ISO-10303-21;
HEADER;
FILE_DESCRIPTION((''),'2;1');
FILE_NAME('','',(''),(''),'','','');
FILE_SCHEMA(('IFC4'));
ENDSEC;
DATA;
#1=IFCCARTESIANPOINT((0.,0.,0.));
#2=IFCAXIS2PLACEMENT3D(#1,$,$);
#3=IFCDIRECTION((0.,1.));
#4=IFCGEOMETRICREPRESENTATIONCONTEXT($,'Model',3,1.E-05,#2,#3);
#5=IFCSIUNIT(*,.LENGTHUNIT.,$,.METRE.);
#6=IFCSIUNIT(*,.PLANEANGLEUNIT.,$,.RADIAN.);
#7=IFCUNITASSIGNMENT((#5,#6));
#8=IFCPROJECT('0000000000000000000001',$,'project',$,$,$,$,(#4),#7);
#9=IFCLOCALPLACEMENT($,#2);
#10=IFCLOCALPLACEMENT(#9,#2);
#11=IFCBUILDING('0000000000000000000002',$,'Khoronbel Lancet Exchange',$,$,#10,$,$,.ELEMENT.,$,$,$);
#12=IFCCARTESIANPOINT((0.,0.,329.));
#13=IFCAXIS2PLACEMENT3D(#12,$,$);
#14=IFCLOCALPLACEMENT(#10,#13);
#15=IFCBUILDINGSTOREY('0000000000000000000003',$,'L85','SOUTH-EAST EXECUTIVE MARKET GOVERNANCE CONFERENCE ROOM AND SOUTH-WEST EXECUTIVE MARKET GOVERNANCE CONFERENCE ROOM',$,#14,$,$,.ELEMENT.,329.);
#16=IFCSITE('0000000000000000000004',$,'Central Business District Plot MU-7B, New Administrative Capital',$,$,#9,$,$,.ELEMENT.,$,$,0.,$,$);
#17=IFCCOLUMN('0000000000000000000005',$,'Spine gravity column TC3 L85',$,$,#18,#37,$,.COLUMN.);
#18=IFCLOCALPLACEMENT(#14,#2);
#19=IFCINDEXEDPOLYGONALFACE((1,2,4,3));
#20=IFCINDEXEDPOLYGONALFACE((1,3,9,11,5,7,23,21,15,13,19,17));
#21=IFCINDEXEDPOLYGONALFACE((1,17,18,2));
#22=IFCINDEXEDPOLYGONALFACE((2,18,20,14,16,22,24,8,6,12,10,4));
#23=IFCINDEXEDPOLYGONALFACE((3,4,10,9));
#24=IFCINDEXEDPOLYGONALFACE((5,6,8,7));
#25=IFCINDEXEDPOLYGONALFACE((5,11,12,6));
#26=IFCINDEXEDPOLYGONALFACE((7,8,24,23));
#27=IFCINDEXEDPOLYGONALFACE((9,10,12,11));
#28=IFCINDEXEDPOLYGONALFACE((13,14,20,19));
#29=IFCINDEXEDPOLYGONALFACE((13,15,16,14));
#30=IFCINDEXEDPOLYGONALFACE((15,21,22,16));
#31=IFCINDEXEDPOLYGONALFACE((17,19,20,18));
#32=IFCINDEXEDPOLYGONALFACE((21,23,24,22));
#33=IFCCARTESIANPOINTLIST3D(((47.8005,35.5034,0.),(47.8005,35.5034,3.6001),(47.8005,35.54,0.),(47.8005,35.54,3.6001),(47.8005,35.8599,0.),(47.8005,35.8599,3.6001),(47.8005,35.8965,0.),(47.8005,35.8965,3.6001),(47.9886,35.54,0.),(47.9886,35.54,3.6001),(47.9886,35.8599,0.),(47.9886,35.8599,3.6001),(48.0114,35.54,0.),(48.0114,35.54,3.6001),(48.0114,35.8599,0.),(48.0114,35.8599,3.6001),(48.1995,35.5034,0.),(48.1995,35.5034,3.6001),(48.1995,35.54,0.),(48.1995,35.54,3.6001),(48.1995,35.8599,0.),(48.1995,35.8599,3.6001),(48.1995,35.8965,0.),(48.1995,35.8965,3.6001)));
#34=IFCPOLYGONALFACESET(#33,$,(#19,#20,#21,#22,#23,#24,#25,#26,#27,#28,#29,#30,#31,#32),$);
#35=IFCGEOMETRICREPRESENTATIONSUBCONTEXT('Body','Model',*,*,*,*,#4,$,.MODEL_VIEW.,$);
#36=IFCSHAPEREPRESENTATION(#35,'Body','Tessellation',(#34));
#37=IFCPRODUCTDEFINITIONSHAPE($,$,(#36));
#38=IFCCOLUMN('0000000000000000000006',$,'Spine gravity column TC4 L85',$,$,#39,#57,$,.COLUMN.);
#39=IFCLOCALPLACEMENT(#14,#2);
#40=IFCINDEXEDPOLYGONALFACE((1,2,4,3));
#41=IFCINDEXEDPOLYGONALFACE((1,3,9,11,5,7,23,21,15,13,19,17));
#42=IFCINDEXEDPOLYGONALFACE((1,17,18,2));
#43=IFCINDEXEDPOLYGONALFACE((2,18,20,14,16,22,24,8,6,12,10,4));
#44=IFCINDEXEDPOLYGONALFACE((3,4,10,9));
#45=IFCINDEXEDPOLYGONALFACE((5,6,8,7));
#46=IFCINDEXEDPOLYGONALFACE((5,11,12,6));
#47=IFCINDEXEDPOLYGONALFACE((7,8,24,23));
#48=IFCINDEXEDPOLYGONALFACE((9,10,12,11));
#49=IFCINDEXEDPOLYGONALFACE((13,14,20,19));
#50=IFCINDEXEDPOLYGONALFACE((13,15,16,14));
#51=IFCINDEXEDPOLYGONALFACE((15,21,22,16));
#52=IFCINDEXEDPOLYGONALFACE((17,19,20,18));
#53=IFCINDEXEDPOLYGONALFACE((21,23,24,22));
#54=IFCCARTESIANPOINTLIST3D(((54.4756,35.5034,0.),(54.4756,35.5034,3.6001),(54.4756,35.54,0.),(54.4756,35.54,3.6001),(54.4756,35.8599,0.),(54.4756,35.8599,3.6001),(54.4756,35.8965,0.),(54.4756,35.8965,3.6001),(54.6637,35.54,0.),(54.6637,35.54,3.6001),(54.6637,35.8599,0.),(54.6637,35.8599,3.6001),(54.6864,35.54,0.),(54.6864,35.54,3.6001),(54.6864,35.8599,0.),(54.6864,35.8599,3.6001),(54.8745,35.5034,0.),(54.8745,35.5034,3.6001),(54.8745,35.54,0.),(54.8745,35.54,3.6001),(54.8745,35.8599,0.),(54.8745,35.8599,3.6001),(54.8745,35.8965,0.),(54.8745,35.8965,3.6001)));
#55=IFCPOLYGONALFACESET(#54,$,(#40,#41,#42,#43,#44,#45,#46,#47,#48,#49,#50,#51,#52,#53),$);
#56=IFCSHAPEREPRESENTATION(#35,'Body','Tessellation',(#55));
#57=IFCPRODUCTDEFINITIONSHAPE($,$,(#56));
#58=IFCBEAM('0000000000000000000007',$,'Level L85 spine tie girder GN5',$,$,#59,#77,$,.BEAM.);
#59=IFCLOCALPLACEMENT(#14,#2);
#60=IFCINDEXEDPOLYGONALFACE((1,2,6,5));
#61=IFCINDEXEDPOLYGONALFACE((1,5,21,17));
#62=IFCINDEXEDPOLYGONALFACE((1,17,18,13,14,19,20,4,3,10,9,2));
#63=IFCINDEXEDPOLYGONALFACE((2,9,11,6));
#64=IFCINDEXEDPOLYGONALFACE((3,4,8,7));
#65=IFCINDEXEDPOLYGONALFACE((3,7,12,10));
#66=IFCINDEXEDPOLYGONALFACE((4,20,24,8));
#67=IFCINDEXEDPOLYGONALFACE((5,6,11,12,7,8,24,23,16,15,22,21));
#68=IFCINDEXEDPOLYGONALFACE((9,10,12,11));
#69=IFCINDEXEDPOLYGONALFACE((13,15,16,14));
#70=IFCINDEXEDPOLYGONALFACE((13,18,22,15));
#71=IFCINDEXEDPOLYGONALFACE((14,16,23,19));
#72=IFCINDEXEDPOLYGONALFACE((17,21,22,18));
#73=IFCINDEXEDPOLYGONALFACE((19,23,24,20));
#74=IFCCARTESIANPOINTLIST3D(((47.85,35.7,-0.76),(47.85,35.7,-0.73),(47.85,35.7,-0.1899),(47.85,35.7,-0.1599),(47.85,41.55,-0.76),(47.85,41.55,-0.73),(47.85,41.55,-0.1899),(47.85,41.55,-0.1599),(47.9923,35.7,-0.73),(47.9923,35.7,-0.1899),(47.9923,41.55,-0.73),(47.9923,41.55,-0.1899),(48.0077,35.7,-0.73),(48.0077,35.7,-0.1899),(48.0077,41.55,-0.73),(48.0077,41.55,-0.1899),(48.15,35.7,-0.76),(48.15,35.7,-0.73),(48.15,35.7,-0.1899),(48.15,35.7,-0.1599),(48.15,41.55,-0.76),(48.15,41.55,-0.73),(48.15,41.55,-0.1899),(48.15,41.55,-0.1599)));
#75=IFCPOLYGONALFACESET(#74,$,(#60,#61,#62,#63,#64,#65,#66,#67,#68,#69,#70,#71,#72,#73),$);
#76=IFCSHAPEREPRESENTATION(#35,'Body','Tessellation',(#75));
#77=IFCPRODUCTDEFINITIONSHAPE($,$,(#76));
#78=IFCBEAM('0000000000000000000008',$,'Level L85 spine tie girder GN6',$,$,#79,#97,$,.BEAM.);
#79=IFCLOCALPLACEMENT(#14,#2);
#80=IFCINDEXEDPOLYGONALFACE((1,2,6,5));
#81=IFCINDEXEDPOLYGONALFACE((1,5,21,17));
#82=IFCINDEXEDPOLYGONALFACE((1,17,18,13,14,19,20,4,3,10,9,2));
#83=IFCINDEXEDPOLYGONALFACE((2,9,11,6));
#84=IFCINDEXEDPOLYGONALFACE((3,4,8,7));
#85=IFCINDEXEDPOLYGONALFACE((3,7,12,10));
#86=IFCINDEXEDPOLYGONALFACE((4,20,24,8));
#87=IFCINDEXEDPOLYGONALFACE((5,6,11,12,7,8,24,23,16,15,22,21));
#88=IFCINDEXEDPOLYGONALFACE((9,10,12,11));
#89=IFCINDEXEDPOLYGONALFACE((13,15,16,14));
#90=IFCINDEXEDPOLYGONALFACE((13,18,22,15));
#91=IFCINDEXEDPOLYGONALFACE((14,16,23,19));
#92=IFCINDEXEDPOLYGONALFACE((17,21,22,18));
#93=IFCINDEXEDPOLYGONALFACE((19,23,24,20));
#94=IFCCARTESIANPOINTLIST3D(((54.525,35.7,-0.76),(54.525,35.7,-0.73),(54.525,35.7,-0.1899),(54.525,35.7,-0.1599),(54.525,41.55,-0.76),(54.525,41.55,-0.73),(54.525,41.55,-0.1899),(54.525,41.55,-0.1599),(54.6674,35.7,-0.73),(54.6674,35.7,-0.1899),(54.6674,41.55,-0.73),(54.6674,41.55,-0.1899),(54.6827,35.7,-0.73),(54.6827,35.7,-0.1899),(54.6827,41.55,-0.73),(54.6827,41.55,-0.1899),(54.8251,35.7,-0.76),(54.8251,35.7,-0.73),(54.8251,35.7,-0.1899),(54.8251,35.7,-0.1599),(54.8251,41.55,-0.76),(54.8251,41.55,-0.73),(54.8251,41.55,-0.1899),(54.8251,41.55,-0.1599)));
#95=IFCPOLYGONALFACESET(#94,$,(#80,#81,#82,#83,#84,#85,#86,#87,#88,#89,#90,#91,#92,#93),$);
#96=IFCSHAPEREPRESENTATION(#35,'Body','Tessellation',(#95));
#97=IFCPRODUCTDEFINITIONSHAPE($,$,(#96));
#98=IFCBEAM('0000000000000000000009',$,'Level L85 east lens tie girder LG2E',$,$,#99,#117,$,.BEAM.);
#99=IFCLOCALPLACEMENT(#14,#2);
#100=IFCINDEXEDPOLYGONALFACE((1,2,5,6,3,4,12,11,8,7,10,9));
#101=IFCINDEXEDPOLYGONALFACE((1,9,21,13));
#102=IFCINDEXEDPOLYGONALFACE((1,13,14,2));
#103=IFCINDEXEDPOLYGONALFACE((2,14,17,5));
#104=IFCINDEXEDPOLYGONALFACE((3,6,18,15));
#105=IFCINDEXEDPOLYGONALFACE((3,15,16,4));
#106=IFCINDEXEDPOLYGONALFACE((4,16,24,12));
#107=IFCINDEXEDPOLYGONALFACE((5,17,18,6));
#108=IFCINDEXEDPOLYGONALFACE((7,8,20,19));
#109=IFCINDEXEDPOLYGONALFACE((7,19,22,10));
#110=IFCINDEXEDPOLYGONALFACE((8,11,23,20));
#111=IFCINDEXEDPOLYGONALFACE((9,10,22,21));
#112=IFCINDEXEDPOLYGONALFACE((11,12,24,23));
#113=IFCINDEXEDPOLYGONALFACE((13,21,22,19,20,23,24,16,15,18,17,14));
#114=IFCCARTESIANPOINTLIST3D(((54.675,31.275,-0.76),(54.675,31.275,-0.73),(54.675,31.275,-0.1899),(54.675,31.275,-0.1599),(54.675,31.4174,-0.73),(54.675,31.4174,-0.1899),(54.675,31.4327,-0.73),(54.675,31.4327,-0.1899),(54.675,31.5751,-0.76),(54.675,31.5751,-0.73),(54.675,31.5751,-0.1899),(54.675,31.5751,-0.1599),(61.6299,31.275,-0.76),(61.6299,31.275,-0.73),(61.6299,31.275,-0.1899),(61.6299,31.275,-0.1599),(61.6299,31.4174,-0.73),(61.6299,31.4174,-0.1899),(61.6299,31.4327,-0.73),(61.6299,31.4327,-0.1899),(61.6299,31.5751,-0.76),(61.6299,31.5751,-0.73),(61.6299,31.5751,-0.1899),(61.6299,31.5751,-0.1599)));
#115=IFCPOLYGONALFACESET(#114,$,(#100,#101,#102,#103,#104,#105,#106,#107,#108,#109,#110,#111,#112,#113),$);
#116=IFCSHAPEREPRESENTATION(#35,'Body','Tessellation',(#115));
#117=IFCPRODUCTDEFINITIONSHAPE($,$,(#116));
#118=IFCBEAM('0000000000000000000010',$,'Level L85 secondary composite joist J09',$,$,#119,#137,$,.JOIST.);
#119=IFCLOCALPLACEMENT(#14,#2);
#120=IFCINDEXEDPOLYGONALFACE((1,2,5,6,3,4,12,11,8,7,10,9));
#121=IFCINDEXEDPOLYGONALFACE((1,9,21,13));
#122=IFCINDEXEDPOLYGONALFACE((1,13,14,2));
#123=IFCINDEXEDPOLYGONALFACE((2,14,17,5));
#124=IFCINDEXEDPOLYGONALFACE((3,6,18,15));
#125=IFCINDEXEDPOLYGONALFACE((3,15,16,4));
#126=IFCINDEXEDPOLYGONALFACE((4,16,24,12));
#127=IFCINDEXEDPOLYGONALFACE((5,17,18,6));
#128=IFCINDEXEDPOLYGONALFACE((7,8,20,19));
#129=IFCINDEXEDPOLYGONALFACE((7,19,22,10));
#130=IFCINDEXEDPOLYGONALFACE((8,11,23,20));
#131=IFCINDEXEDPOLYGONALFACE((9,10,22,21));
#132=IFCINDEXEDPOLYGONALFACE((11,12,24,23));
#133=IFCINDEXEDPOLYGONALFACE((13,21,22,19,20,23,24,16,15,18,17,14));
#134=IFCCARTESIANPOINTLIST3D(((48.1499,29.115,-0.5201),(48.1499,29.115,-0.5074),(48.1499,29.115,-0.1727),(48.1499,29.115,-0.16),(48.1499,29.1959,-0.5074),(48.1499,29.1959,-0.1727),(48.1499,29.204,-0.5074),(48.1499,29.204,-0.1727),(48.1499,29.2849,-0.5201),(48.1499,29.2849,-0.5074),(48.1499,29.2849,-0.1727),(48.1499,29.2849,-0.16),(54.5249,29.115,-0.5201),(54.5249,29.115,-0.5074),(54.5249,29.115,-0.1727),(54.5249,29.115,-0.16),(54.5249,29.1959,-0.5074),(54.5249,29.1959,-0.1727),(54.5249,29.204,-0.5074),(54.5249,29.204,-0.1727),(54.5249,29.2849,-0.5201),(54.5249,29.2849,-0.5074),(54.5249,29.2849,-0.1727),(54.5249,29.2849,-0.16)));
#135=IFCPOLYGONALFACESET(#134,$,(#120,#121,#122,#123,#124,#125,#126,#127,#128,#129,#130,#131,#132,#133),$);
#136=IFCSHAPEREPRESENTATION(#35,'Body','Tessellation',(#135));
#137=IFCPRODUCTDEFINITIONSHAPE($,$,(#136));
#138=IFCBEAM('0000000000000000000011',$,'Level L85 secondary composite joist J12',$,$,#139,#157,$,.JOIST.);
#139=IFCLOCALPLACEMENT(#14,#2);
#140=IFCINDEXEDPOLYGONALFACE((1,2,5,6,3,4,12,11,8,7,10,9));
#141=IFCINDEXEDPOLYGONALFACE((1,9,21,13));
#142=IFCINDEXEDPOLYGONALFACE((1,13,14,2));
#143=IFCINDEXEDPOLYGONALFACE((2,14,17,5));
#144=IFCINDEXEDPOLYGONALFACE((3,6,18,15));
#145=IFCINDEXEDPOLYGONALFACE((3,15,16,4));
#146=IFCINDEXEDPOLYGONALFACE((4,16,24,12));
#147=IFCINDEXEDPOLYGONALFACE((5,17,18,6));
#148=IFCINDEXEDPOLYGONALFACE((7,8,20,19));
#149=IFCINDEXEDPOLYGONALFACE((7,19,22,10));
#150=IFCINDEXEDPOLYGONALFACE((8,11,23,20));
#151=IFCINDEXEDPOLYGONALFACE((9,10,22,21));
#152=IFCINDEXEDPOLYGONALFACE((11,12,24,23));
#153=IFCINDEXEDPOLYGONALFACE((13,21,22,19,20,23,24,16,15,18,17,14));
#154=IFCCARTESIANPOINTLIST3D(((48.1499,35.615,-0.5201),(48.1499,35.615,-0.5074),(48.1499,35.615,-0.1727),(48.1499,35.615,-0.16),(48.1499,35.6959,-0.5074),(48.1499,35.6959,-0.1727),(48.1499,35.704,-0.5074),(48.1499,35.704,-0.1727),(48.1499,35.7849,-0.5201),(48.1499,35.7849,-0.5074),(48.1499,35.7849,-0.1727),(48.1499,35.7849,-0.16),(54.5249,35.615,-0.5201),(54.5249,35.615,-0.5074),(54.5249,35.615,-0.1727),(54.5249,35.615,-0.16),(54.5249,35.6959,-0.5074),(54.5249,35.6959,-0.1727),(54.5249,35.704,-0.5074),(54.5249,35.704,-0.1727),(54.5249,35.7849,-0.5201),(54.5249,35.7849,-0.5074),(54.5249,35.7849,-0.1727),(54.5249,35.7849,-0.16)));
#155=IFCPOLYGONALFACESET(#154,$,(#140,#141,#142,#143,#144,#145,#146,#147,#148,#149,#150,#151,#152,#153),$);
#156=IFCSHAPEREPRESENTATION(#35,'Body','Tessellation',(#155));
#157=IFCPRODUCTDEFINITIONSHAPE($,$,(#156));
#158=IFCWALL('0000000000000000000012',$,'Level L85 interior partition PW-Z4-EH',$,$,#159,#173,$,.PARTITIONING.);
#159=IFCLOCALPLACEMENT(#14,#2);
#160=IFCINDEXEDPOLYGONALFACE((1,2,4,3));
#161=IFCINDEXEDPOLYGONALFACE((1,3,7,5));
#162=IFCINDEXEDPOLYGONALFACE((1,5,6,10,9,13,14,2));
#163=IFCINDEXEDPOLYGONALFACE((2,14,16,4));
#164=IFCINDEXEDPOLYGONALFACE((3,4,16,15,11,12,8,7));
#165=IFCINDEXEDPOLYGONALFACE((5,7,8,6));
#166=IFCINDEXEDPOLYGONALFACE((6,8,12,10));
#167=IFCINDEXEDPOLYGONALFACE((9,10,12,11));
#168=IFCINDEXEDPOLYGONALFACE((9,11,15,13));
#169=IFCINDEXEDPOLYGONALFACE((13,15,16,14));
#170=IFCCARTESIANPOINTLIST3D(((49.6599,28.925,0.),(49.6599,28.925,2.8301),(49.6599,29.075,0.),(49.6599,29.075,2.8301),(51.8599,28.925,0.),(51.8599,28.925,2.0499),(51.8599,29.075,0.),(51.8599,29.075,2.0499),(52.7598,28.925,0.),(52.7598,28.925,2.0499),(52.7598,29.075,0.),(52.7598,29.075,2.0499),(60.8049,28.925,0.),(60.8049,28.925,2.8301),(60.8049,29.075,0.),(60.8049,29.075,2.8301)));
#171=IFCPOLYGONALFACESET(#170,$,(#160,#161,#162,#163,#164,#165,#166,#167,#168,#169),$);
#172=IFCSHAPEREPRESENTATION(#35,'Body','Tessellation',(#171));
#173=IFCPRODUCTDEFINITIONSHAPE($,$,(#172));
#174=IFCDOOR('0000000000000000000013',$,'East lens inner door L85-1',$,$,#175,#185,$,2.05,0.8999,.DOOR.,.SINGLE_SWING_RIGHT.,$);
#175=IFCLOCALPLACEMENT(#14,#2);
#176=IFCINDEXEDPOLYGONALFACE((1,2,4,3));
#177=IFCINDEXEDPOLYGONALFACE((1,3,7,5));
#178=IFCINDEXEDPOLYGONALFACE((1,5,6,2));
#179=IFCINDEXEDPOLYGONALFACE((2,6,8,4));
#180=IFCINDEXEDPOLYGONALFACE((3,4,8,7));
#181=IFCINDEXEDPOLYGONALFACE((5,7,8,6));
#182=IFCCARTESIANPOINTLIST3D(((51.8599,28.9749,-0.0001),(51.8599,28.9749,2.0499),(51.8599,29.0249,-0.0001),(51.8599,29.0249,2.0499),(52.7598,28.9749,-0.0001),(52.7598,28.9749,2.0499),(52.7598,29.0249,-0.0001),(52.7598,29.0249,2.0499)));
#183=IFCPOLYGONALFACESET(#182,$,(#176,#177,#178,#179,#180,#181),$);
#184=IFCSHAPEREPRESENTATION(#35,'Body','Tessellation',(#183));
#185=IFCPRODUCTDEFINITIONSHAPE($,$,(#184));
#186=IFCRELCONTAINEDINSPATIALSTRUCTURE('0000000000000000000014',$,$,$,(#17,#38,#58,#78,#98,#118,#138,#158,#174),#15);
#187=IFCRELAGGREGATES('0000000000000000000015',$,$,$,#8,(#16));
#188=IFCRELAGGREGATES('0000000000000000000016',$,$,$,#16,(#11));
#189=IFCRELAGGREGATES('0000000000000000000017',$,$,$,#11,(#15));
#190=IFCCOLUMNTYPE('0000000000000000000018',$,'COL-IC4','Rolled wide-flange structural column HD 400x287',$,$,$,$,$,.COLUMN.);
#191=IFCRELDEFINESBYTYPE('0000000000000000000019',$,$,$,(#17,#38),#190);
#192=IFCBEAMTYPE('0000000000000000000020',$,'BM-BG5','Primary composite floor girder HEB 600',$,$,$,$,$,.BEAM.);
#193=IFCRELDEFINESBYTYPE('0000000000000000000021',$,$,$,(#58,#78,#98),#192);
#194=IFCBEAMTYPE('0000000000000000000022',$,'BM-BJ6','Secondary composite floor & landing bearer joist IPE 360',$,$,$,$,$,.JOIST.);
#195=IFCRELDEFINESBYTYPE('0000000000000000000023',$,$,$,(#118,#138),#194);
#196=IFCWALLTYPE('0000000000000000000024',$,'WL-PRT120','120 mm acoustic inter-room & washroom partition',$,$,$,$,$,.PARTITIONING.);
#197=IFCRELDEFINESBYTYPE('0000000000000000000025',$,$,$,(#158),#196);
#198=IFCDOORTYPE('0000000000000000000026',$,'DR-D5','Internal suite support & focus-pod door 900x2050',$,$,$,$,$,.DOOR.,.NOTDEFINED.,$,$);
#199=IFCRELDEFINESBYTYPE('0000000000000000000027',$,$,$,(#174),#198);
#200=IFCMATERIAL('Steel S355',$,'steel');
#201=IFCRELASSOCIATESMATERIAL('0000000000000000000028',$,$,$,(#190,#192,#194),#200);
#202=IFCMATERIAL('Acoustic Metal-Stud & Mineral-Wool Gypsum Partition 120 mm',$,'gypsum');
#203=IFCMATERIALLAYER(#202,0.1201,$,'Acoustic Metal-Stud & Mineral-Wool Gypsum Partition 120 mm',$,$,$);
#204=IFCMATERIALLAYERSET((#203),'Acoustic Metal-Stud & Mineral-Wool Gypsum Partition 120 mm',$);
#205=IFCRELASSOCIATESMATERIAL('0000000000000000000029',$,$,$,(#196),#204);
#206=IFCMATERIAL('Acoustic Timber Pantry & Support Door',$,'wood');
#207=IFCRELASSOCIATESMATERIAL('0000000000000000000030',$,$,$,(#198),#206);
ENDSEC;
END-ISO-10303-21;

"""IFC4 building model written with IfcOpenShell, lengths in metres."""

from ifc_helpers import new_model, si_unit, direction, frame, frame_2d, origin, origin_2d, place, context, subcontext, project, spatial, rectangle, i_section, extrude, material, layer, layer_set, material_profile, profile_set, type_object, element, fill, save


model = new_model("IFC4")

# Units and contexts
model_context = context("Model", 3, precision=1e-05, world=origin(), true_north=direction((0.0, 1.0)))
body_context = subcontext(model_context, "Body", "Model", "MODEL_VIEW")
ifc_project = project(units=[si_unit("LENGTHUNIT", "METRE"), si_unit("PLANEANGLEUNIT", "RADIAN")], contexts=[model_context])

# Site, building, storey
site_placement = place(None, origin())
site = spatial("IfcSite", under=ifc_project, at=site_placement, Name="Central Business District Plot MU-7B, New Administrative Capital", CompositionType="ELEMENT", RefElevation=0.0)
building_placement = place(site_placement, origin())
building = spatial("IfcBuilding", under=site, at=building_placement, Name="Khoronbel Lancet Exchange", CompositionType="ELEMENT")
storey_placement = place(building_placement, frame((0.0, 0.0, 329.0)))
storey = spatial("IfcBuildingStorey", under=building, at=storey_placement, Name="L85", Description="SOUTH-EAST EXECUTIVE MARKET GOVERNANCE CONFERENCE ROOM AND SOUTH-WEST EXECUTIVE MARKET GOVERNANCE CONFERENCE ROOM", CompositionType="ELEMENT", Elevation=329.0)

# Columns
ifc_material_1 = material(Name="Steel S355", Category="steel")
ifc_material_profile_1 = material_profile(ifc_material_1, i_section(OverallWidth=0.3989, OverallDepth=0.3931, WebThickness=0.0227, FlangeThickness=0.0366, at=origin_2d()), Name="HD 400x287")
ifc_profile_set_1 = profile_set([ifc_material_profile_1], Name="Steel S355")
column_type = type_object("IfcColumnType", Name="COL-IC4", Description="Rolled wide-flange structural column HD 400x287", PredefinedType="COLUMN", material=ifc_profile_set_1)
for number, where, z_axis, x_axis, name in (
    (1, (48.0, 35.7, 0.0), (0.0, 0.0, 1.0), (1.0, 0.0, 0.0), "Spine gravity column TC3 L85"),
    (2, (54.675, 35.7, 0.0), (0.0, 0.0, 1.0), (1.0, 0.0, 0.0), "Spine gravity column TC4 L85"),
):
    element("IfcColumn", number, at=place(storey_placement, frame(where, z_axis=z_axis, x_axis=x_axis)), inside=storey, type_object=column_type, Name=name, PredefinedType="COLUMN", context=body_context, shape_type="SweptSolid", body=[
        extrude(i_section(OverallWidth=0.3989, OverallDepth=0.3931, WebThickness=0.0227, FlangeThickness=0.0366, at=origin_2d()), origin(), (0.0, 0.0, 1.0), 3.6001),
    ])

# Beams
ifc_material_profile_2 = material_profile(ifc_material_1, i_section(OverallWidth=0.3, OverallDepth=0.6001, WebThickness=0.0154, FlangeThickness=0.03, at=origin_2d()), Name="HEB 600")
ifc_profile_set_2 = profile_set([ifc_material_profile_2], Name="Steel S355")
beam_type_1 = type_object("IfcBeamType", Name="BM-BG5", Description="Primary composite floor girder HEB 600", PredefinedType="BEAM", material=ifc_profile_set_2)
for number, where, z_axis, x_axis, name in (
    (3, (48.0, 35.7, -0.46), (0.0, 1.0, 0.0), (-1.0, 0.0, 0.0), "Level L85 spine tie girder GN5"),
    (4, (54.675, 35.7, -0.46), (0.0, 1.0, 0.0), (-1.0, 0.0, 0.0), "Level L85 spine tie girder GN6"),
):
    element("IfcBeam", number, at=place(storey_placement, frame(where, z_axis=z_axis, x_axis=x_axis)), inside=storey, type_object=beam_type_1, Name=name, PredefinedType="BEAM", context=body_context, shape_type="SweptSolid", body=[
        extrude(i_section(OverallWidth=0.3, OverallDepth=0.6001, WebThickness=0.0154, FlangeThickness=0.03, at=origin_2d()), origin(), (0.0, 0.0, 1.0), 5.8501),
    ])
beam_placement = place(storey_placement, frame((54.675, 31.425, -0.46), z_axis=(1.0, 0.0, 0.0), x_axis=(0.0, 1.0, 0.0)))
element("IfcBeam", 5, at=beam_placement, inside=storey, type_object=beam_type_1, Name="Level L85 east lens tie girder LG2E", PredefinedType="BEAM", context=body_context, shape_type="SweptSolid", body=[
    extrude(i_section(OverallWidth=0.3, OverallDepth=0.6001, WebThickness=0.0154, FlangeThickness=0.03, at=origin_2d()), origin(), (0.0, 0.0, 1.0), 6.9548),
])
ifc_material_profile_3 = material_profile(ifc_material_1, i_section(OverallWidth=0.1699, OverallDepth=0.3601, WebThickness=0.0081, FlangeThickness=0.0127, at=origin_2d()), Name="IPE 360")
ifc_profile_set_3 = profile_set([ifc_material_profile_3], Name="Steel S355")
beam_type_2 = type_object("IfcBeamType", Name="BM-BJ6", Description="Secondary composite floor & landing bearer joist IPE 360", PredefinedType="JOIST", material=ifc_profile_set_3)
for number, where, z_axis, x_axis, name in (
    (6, (48.1499, 29.2, -0.3401), (1.0, 0.0, 0.0), (0.0, 1.0, 0.0), "Level L85 secondary composite joist J09"),
    (7, (48.1499, 35.7, -0.3401), (1.0, 0.0, 0.0), (0.0, 1.0, 0.0), "Level L85 secondary composite joist J12"),
):
    element("IfcBeam", number, at=place(storey_placement, frame(where, z_axis=z_axis, x_axis=x_axis)), inside=storey, type_object=beam_type_2, Name=name, PredefinedType="JOIST", context=body_context, shape_type="SweptSolid", body=[
        extrude(i_section(OverallWidth=0.1699, OverallDepth=0.3601, WebThickness=0.0081, FlangeThickness=0.0127, at=origin_2d()), origin(), (0.0, 0.0, 1.0), 6.375),
    ])

# Wall, opening, door
ifc_material_2 = material(Name="Acoustic Metal-Stud & Mineral-Wool Gypsum Partition 120 mm", Category="gypsum")
ifc_layer_1 = layer(ifc_material_2, 0.1201, Name="Acoustic Metal-Stud & Mineral-Wool Gypsum Partition 120 mm")
ifc_layer_set_1 = layer_set([ifc_layer_1], Name="Acoustic Metal-Stud & Mineral-Wool Gypsum Partition 120 mm")
wall_type_1 = type_object("IfcWallType", Name="WL-PRT120", Description="120 mm acoustic inter-room & washroom partition", PredefinedType="PARTITIONING", material=ifc_layer_set_1)
wall_1_placement = place(storey_placement, frame((49.6599, 29.0, 0.0), z_axis=(0.0, 0.0, 1.0), x_axis=(1.0, 0.0, 0.0)))
wall_1 = element("IfcWall", 8, at=wall_1_placement, inside=storey, type_object=wall_type_1, Name="Level L85 interior partition PW-Z4-EH", PredefinedType="PARTITIONING", context=body_context, shape_type="SweptSolid", body=[
    extrude(rectangle(XDim=11.145, YDim=0.1499, at=frame_2d((5.5725, 0.0))), origin(), (0.0, 0.0, 1.0), 2.8301),
])
opening_1_placement = place(wall_1_placement, frame((2.2, 0.0, 0.0)))
opening_1 = element("IfcOpeningElement", 9, at=opening_1_placement, cuts=wall_1, PredefinedType="OPENING", context=body_context, shape_type="SweptSolid", body=[
    extrude(rectangle(XDim=0.8999, YDim=2.05, at=frame_2d((0.45, 1.0249))), frame((0.0, 0.085, 0.0), z_axis=(0.0, -1.0, 0.0), x_axis=(1.0, 0.0, 0.0)), (0.0, 0.0, 1.0), 0.1699),
])
ifc_material_3 = material(Name="Acoustic Timber Pantry & Support Door", Category="wood")
door_type_1 = type_object("IfcDoorType", Name="DR-D5", Description="Internal suite support & focus-pod door 900x2050", OperationType="NOTDEFINED", PredefinedType="DOOR", material=ifc_material_3)
door_1_placement = place(opening_1_placement, origin())
door_1 = element("IfcDoor", 10, at=door_1_placement, inside=storey, type_object=door_type_1, Name="East lens inner door L85-1", OperationType="SINGLE_SWING_RIGHT", OverallHeight=2.05, OverallWidth=0.8999, PredefinedType="DOOR", context=body_context, shape_type="SweptSolid", body=[
    extrude(rectangle(XDim=0.8999, YDim=2.05, at=frame_2d((0.45, 1.0249))), frame((0.0, 0.0249, 0.0), z_axis=(0.0, -1.0, 0.0), x_axis=(1.0, 0.0, 0.0)), (0.0, 0.0, 1.0), 0.05),
])
fill(opening_1, door_1)

save(model, "model.ifc")
